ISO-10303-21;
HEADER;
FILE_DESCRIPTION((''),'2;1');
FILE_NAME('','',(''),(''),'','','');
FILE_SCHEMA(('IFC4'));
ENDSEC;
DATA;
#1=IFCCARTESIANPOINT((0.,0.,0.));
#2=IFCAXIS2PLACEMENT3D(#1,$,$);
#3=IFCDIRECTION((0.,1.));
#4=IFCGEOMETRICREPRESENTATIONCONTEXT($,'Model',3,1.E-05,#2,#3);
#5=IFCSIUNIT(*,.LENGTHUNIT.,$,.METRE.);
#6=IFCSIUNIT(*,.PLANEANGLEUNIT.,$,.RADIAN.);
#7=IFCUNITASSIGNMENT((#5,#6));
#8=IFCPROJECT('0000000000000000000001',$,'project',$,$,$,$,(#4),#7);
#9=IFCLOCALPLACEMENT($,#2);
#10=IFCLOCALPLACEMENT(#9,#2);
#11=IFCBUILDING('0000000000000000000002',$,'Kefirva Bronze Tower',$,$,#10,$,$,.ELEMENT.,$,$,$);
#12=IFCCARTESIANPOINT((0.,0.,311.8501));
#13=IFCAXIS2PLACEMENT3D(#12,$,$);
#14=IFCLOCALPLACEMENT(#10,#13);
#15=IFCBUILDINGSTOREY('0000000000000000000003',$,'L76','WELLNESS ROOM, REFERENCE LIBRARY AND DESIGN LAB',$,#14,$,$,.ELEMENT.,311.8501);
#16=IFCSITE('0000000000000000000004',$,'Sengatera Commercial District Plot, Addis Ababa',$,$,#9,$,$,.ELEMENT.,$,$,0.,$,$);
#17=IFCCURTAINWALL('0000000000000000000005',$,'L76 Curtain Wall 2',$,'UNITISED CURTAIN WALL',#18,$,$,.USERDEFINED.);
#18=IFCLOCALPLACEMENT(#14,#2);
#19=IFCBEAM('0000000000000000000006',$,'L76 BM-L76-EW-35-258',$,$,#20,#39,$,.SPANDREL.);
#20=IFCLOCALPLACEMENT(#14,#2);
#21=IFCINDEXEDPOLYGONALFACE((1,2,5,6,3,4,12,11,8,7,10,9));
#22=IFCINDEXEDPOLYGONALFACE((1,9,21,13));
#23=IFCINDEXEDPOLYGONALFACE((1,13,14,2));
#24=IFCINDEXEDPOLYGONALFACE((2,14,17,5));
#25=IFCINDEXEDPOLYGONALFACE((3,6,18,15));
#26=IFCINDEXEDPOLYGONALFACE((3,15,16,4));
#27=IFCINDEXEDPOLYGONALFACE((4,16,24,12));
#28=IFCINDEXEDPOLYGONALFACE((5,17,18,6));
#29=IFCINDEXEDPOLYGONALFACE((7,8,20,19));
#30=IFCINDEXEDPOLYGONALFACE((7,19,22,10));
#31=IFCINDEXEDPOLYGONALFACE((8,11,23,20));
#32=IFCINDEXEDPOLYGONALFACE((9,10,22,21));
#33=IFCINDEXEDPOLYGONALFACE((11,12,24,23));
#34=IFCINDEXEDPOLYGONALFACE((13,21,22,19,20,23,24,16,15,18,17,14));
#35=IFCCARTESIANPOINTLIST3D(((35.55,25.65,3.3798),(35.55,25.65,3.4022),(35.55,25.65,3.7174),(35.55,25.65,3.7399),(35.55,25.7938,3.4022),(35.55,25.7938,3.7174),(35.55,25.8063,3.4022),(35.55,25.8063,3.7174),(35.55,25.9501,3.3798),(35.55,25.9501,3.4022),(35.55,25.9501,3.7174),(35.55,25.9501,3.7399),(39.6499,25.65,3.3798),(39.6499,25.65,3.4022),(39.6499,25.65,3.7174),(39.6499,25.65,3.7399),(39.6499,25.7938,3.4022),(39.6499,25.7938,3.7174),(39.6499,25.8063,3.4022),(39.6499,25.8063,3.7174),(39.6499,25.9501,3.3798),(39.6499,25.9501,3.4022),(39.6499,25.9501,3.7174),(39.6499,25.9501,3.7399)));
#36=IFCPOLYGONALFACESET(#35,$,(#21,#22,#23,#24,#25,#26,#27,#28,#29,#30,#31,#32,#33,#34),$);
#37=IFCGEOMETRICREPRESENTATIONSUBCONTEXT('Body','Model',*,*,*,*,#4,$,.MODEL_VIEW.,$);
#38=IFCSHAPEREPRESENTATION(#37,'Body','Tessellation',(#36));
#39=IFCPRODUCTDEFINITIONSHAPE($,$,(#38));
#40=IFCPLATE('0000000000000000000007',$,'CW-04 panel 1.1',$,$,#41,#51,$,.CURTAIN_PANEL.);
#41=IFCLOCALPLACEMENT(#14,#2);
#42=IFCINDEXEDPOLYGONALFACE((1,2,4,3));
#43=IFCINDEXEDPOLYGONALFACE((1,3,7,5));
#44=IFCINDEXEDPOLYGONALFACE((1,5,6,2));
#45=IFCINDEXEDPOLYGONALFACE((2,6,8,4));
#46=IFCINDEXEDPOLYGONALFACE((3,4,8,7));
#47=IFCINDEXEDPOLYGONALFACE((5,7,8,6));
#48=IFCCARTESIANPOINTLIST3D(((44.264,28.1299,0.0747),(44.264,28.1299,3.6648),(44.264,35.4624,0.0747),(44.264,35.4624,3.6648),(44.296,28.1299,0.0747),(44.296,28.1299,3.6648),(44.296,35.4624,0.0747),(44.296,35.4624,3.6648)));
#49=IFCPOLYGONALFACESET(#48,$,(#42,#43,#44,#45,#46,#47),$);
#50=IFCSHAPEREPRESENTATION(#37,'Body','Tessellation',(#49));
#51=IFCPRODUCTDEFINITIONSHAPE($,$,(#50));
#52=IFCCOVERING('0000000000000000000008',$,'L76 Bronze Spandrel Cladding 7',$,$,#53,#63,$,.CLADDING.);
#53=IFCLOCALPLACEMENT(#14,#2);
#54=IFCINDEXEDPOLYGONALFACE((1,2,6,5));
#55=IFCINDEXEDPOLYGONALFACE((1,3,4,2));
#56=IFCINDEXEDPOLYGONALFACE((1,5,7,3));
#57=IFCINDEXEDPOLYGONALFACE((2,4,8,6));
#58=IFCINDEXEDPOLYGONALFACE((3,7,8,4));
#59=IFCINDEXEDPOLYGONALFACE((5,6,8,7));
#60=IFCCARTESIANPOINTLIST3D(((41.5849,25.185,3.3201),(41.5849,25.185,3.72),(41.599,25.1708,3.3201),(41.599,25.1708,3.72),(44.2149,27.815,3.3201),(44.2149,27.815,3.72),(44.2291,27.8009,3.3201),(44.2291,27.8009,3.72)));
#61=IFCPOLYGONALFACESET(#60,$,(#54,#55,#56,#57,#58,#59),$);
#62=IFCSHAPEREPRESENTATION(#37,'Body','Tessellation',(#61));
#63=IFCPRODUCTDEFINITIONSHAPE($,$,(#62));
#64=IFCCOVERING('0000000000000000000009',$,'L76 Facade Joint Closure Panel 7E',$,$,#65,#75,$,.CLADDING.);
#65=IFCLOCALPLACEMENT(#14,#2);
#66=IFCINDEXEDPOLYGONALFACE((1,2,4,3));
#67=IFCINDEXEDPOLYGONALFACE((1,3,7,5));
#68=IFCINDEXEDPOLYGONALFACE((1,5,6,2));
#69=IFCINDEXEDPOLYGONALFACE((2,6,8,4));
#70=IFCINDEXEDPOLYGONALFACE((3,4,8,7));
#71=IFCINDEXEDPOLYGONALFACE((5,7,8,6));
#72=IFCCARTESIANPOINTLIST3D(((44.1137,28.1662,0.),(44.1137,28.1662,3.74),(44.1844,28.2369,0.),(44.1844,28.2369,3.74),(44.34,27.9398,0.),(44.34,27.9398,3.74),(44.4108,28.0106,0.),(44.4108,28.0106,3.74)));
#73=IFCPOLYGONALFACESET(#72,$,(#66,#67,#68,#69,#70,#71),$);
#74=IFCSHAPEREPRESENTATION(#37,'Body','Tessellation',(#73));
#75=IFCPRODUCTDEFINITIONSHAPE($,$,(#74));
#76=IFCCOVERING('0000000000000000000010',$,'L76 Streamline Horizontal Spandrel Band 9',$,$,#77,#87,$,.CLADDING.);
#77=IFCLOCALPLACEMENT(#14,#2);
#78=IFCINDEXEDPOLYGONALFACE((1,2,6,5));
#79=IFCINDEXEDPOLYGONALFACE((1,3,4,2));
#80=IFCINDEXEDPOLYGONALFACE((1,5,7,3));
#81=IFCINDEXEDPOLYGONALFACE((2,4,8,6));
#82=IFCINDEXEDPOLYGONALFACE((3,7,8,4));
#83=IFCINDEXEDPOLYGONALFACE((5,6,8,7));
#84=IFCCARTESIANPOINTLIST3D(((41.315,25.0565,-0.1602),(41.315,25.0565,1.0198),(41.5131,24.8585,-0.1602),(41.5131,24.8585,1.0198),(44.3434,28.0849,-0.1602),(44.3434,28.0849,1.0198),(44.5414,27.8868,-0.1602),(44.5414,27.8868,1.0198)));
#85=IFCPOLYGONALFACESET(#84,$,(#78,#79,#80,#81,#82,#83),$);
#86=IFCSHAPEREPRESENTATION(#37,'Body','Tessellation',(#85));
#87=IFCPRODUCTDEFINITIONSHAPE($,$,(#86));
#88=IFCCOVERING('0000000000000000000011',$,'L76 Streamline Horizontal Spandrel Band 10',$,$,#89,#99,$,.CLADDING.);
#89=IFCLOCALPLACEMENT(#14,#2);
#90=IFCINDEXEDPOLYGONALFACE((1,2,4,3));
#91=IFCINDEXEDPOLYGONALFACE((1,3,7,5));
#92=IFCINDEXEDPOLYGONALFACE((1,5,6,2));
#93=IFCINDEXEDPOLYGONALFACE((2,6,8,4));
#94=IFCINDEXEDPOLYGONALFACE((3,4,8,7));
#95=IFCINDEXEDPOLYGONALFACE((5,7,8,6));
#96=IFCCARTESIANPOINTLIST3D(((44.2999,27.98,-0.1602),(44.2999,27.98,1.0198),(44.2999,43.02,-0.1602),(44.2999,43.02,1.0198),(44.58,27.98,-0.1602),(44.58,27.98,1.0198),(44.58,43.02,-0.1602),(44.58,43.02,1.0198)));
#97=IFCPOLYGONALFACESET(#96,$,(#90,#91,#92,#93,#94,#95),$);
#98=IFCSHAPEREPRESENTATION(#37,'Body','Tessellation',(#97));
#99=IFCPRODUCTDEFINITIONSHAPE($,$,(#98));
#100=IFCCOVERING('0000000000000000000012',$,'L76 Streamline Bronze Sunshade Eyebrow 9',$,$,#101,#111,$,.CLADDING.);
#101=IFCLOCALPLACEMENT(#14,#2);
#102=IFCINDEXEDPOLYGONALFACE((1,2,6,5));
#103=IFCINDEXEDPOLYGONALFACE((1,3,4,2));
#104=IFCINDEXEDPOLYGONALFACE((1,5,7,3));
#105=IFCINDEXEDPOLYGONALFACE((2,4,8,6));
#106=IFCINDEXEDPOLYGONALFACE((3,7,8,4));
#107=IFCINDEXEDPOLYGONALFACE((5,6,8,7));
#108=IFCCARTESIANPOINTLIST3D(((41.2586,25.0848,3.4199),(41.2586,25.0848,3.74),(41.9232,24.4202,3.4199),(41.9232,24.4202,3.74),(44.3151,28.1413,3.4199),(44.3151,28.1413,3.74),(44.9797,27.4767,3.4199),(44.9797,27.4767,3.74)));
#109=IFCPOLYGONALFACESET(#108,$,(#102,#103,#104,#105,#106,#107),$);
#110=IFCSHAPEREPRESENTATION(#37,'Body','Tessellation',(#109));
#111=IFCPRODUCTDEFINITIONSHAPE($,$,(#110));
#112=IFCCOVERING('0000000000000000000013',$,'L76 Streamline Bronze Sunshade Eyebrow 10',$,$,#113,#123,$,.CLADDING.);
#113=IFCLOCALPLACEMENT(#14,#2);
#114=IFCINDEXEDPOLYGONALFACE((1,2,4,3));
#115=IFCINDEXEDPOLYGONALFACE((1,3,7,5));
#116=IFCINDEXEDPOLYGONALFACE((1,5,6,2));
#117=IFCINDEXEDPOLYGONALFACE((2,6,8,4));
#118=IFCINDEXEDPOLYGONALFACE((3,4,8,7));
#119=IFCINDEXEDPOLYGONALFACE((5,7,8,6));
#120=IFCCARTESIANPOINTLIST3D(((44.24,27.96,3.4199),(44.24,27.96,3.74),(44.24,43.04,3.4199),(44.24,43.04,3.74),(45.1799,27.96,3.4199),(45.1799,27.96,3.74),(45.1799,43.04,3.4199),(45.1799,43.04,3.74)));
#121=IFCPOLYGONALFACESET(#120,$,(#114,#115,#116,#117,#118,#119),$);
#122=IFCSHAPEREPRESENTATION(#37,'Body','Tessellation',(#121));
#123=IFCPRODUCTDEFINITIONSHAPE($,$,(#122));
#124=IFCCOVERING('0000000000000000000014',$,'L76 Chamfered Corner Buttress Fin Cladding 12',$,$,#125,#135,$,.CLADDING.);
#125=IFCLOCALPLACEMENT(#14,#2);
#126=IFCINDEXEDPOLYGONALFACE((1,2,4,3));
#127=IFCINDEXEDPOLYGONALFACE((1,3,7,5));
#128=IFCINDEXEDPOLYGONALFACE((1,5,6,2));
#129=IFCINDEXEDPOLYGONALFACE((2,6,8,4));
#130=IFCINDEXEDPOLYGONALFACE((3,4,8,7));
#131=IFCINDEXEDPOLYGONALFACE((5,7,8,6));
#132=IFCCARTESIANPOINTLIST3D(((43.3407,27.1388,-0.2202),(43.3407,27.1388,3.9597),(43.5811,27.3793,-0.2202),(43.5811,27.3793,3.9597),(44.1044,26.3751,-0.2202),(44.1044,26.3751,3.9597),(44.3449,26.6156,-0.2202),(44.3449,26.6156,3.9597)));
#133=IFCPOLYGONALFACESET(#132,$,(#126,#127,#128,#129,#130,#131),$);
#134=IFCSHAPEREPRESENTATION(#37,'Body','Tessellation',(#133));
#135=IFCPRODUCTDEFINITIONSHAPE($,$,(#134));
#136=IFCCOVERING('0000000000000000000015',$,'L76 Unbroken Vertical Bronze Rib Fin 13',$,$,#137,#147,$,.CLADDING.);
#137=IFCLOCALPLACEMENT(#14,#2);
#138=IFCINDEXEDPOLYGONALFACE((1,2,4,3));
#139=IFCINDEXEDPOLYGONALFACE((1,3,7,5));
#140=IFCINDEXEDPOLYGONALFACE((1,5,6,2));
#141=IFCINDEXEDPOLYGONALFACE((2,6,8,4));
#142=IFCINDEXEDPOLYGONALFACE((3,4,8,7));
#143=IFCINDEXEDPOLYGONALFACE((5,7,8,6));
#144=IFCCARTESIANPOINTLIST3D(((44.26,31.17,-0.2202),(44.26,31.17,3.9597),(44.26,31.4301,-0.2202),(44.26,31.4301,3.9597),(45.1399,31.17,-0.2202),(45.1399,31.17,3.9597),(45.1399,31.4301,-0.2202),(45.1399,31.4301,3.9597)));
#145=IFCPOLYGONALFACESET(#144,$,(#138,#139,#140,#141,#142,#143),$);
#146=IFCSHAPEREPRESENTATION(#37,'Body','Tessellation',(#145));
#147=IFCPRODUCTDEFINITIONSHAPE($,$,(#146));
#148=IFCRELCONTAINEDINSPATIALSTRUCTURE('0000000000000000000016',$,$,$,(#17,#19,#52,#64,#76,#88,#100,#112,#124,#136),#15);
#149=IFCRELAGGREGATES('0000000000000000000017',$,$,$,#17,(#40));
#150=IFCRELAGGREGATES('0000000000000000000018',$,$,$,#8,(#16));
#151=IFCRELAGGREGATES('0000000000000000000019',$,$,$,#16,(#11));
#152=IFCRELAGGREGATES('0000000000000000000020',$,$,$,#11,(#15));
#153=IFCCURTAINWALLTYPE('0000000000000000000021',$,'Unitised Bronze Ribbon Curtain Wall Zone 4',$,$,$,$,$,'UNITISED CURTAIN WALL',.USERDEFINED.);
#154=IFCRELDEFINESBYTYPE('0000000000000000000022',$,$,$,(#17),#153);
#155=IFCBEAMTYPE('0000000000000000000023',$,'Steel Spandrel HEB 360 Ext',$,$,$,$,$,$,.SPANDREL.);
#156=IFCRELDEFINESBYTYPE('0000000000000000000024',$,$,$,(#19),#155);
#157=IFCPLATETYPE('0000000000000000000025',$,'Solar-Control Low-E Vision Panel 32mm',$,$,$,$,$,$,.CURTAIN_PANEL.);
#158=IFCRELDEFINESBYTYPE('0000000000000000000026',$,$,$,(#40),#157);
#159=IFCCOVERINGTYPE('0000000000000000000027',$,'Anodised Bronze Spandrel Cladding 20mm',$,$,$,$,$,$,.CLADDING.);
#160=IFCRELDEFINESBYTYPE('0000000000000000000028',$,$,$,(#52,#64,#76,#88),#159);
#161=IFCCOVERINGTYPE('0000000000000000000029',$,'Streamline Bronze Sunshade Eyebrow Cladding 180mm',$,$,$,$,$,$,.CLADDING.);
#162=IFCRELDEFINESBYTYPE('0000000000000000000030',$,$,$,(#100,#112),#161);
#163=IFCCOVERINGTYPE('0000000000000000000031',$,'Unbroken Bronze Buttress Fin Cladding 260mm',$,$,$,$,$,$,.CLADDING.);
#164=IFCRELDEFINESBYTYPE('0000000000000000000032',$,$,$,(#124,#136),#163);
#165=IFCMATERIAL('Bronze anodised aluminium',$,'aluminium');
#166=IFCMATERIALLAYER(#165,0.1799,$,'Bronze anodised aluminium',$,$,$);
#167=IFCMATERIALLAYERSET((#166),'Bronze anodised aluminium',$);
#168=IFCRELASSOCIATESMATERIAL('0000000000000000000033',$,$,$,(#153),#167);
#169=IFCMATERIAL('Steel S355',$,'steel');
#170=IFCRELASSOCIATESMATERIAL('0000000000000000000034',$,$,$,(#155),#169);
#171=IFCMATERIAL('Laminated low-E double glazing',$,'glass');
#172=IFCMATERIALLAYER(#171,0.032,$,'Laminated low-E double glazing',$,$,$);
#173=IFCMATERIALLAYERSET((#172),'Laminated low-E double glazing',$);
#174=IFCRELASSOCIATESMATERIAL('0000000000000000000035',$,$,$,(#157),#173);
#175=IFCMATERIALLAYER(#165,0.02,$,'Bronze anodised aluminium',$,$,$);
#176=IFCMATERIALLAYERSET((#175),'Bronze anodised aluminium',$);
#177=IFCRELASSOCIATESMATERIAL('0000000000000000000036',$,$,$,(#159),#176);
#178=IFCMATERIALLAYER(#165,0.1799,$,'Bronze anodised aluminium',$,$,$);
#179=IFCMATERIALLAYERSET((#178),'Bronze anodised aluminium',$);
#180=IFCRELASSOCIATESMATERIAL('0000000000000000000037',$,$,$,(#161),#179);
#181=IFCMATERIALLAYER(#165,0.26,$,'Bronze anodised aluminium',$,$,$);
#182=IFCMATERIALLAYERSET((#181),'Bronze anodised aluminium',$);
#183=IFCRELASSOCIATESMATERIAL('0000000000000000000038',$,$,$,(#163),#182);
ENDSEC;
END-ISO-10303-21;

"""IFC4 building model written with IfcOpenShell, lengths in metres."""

from ifc_helpers import new_model, si_unit, direction, frame, origin, origin_2d, place, context, subcontext, project, spatial, rectangle, i_section, extrude, material, layer, layer_set, material_profile, profile_set, type_object, element, aggregate, save


model = new_model("IFC4")

# Units and contexts
model_context = context("Model", 3, precision=1e-05, world=origin(), true_north=direction((0.0, 1.0)))
body_context = subcontext(model_context, "Body", "Model", "MODEL_VIEW")
ifc_project = project(units=[si_unit("LENGTHUNIT", "METRE"), si_unit("PLANEANGLEUNIT", "RADIAN")], contexts=[model_context])

# Site, building, storey
site_placement = place(None, origin())
site = spatial("IfcSite", under=ifc_project, at=site_placement, Name="Sengatera Commercial District Plot, Addis Ababa", CompositionType="ELEMENT", RefElevation=0.0)
building_placement = place(site_placement, origin())
building = spatial("IfcBuilding", under=site, at=building_placement, Name="Kefirva Bronze Tower", CompositionType="ELEMENT")
storey_placement = place(building_placement, frame((0.0, 0.0, 311.8501)))
storey = spatial("IfcBuildingStorey", under=building, at=storey_placement, Name="L76", Description="WELLNESS ROOM, REFERENCE LIBRARY AND DESIGN LAB", CompositionType="ELEMENT", Elevation=311.8501)

# Curtain wall
ifc_material_1 = material(Name="Bronze anodised aluminium", Category="aluminium")
ifc_layer_1 = layer(ifc_material_1, 0.1799, Name="Bronze anodised aluminium")
ifc_layer_set_1 = layer_set([ifc_layer_1], Name="Bronze anodised aluminium")
curtain_wall_type = type_object("IfcCurtainWallType", Name="Unitised Bronze Ribbon Curtain Wall Zone 4", ElementType="UNITISED CURTAIN WALL", PredefinedType="USERDEFINED", material=ifc_layer_set_1)
curtain_wall_placement = place(storey_placement, origin())
curtain_wall = element("IfcCurtainWall", 1, at=curtain_wall_placement, inside=storey, type_object=curtain_wall_type, Name="L76 Curtain Wall 2", ObjectType="UNITISED CURTAIN WALL", PredefinedType="USERDEFINED")

# Beam
ifc_material_2 = material(Name="Steel S355", Category="steel")
ifc_material_profile_1 = material_profile(ifc_material_2, i_section(OverallWidth=0.3, OverallDepth=0.3601, WebThickness=0.0125, FlangeThickness=0.0225, at=origin_2d()), Name="HEB 360")
ifc_profile_set_1 = profile_set([ifc_material_profile_1], Name="Steel S355")
beam_type_1 = type_object("IfcBeamType", Name="Steel Spandrel HEB 360 Ext", PredefinedType="SPANDREL", material=ifc_profile_set_1)
beam_1_placement = place(storey_placement, frame((35.55, 25.8, 3.5598), z_axis=(1.0, 0.0, 0.0), x_axis=(0.0, 1.0, 0.0)))
element("IfcBeam", 2, at=beam_1_placement, inside=storey, type_object=beam_type_1, Name="L76 BM-L76-EW-35-258", PredefinedType="SPANDREL", context=body_context, shape_type="SweptSolid", body=[
    extrude(i_section(OverallWidth=0.3, OverallDepth=0.3601, WebThickness=0.0125, FlangeThickness=0.0225, at=origin_2d()), origin(), (0.0, 0.0, 1.0), 4.0999),
])

# Plate
ifc_material_3 = material(Name="Laminated low-E double glazing", Category="glass")
ifc_layer_2 = layer(ifc_material_3, 0.032, Name="Laminated low-E double glazing")
ifc_layer_set_2 = layer_set([ifc_layer_2], Name="Laminated low-E double glazing")
plate_type = type_object("IfcPlateType", Name="Solar-Control Low-E Vision Panel 32mm", PredefinedType="CURTAIN_PANEL", material=ifc_layer_set_2)
plate_placement = place(storey_placement, frame((44.28, 31.7961, 0.0747), z_axis=(0.0, 0.0, 1.0), x_axis=(0.0, 1.0, 0.0)))
plate = element("IfcPlate", 3, at=plate_placement, type_object=plate_type, Name="CW-04 panel 1.1", PredefinedType="CURTAIN_PANEL", context=body_context, shape_type="SweptSolid", body=[
    extrude(rectangle(XDim=7.3325, YDim=0.032, at=origin_2d()), origin(), (0.0, 0.0, 1.0), 3.5901),
])
aggregate(curtain_wall, [plate])

# Coverings
ifc_layer_3 = layer(ifc_material_1, 0.02, Name="Bronze anodised aluminium")
ifc_layer_set_3 = layer_set([ifc_layer_3], Name="Bronze anodised aluminium")
covering_type_1 = type_object("IfcCoveringType", Name="Anodised Bronze Spandrel Cladding 20mm", PredefinedType="CLADDING", material=ifc_layer_set_3)
covering_1_placement = place(storey_placement, frame((42.907, 26.4929, 3.3201), z_axis=(0.0, 0.0, 1.0), x_axis=(0.707107, 0.707107, 0.0)))
element("IfcCovering", 4, at=covering_1_placement, inside=storey, type_object=covering_type_1, Name="L76 Bronze Spandrel Cladding 7", PredefinedType="CLADDING", context=body_context, shape_type="SweptSolid", body=[
    extrude(rectangle(XDim=3.7195, YDim=0.02, at=origin_2d()), origin(), (0.0, 0.0, 1.0), 0.3999),
])
covering_2_placement = place(storey_placement, frame((44.2622, 28.0884, 0.0), z_axis=(0.0, 0.0, 1.0), x_axis=(0.707107, 0.707107, 0.0)))
element("IfcCovering", 5, at=covering_2_placement, inside=storey, type_object=covering_type_1, Name="L76 Facade Joint Closure Panel 7E", PredefinedType="CLADDING", context=body_context, shape_type="SweptSolid", body=[
    extrude(rectangle(XDim=0.1001, YDim=0.3201, at=origin_2d()), origin(), (0.0, 0.0, 1.0), 3.74),
])
covering_3_placement = place(storey_placement, frame((42.9282, 26.4717, -0.1602), z_axis=(0.0, 0.0, 1.0), x_axis=(0.707107, 0.707107, 0.0)))
element("IfcCovering", 6, at=covering_3_placement, inside=storey, type_object=covering_type_1, Name="L76 Streamline Horizontal Spandrel Band 9", PredefinedType="CLADDING", context=body_context, shape_type="SweptSolid", body=[
    extrude(rectangle(XDim=4.2827, YDim=0.28, at=origin_2d()), origin(), (0.0, 0.0, 1.0), 1.1799),
])
covering_4_placement = place(storey_placement, frame((44.4399, 35.5, -0.1602), z_axis=(0.0, 0.0, 1.0), x_axis=(0.0, 1.0, 0.0)))
element("IfcCovering", 7, at=covering_4_placement, inside=storey, type_object=covering_type_1, Name="L76 Streamline Horizontal Spandrel Band 10", PredefinedType="CLADDING", context=body_context, shape_type="SweptSolid", body=[
    extrude(rectangle(XDim=15.04, YDim=0.28, at=origin_2d()), origin(), (0.0, 0.0, 1.0), 1.1799),
])
ifc_layer_4 = layer(ifc_material_1, 0.1799, Name="Bronze anodised aluminium")
ifc_layer_set_4 = layer_set([ifc_layer_4], Name="Bronze anodised aluminium")
covering_type_2 = type_object("IfcCoveringType", Name="Streamline Bronze Sunshade Eyebrow Cladding 180mm", PredefinedType="CLADDING", material=ifc_layer_set_4)
covering_5_placement = place(storey_placement, frame((43.1191, 26.2808, 3.4199), z_axis=(0.0, 0.0, 1.0), x_axis=(0.707107, 0.707107, 0.0)))
element("IfcCovering", 8, at=covering_5_placement, inside=storey, type_object=covering_type_2, Name="L76 Streamline Bronze Sunshade Eyebrow 9", PredefinedType="CLADDING", context=body_context, shape_type="SweptSolid", body=[
    extrude(rectangle(XDim=4.3225, YDim=0.9399, at=origin_2d()), origin(), (0.0, 0.0, 1.0), 0.3201),
])
covering_6_placement = place(storey_placement, frame((44.71, 35.5, 3.4199), z_axis=(0.0, 0.0, 1.0), x_axis=(0.0, 1.0, 0.0)))
element("IfcCovering", 9, at=covering_6_placement, inside=storey, type_object=covering_type_2, Name="L76 Streamline Bronze Sunshade Eyebrow 10", PredefinedType="CLADDING", context=body_context, shape_type="SweptSolid", body=[
    extrude(rectangle(XDim=15.0801, YDim=0.9399, at=origin_2d()), origin(), (0.0, 0.0, 1.0), 0.3201),
])
ifc_layer_5 = layer(ifc_material_1, 0.26, Name="Bronze anodised aluminium")
ifc_layer_set_5 = layer_set([ifc_layer_5], Name="Bronze anodised aluminium")
covering_type_3 = type_object("IfcCoveringType", Name="Unbroken Bronze Buttress Fin Cladding 260mm", PredefinedType="CLADDING", material=ifc_layer_set_5)
covering_7_placement = place(storey_placement, frame((43.8428, 26.8772, -0.2202), z_axis=(0.0, 0.0, 1.0), x_axis=(0.707107, 0.707107, 0.0)))
element("IfcCovering", 10, at=covering_7_placement, inside=storey, type_object=covering_type_3, Name="L76 Chamfered Corner Buttress Fin Cladding 12", PredefinedType="CLADDING", context=body_context, shape_type="SweptSolid", body=[
    extrude(rectangle(XDim=0.3401, YDim=1.0801, at=origin_2d()), origin(), (0.0, 0.0, 1.0), 4.1799),
])
covering_8_placement = place(storey_placement, frame((44.7, 31.3, -0.2202), z_axis=(0.0, 0.0, 1.0), x_axis=(0.0, 1.0, 0.0)))
element("IfcCovering", 11, at=covering_8_placement, inside=storey, type_object=covering_type_3, Name="L76 Unbroken Vertical Bronze Rib Fin 13", PredefinedType="CLADDING", context=body_context, shape_type="SweptSolid", body=[
    extrude(rectangle(XDim=0.26, YDim=0.8799, at=origin_2d()), origin(), (0.0, 0.0, 1.0), 4.1799),
])

save(model, "model.ifc")
